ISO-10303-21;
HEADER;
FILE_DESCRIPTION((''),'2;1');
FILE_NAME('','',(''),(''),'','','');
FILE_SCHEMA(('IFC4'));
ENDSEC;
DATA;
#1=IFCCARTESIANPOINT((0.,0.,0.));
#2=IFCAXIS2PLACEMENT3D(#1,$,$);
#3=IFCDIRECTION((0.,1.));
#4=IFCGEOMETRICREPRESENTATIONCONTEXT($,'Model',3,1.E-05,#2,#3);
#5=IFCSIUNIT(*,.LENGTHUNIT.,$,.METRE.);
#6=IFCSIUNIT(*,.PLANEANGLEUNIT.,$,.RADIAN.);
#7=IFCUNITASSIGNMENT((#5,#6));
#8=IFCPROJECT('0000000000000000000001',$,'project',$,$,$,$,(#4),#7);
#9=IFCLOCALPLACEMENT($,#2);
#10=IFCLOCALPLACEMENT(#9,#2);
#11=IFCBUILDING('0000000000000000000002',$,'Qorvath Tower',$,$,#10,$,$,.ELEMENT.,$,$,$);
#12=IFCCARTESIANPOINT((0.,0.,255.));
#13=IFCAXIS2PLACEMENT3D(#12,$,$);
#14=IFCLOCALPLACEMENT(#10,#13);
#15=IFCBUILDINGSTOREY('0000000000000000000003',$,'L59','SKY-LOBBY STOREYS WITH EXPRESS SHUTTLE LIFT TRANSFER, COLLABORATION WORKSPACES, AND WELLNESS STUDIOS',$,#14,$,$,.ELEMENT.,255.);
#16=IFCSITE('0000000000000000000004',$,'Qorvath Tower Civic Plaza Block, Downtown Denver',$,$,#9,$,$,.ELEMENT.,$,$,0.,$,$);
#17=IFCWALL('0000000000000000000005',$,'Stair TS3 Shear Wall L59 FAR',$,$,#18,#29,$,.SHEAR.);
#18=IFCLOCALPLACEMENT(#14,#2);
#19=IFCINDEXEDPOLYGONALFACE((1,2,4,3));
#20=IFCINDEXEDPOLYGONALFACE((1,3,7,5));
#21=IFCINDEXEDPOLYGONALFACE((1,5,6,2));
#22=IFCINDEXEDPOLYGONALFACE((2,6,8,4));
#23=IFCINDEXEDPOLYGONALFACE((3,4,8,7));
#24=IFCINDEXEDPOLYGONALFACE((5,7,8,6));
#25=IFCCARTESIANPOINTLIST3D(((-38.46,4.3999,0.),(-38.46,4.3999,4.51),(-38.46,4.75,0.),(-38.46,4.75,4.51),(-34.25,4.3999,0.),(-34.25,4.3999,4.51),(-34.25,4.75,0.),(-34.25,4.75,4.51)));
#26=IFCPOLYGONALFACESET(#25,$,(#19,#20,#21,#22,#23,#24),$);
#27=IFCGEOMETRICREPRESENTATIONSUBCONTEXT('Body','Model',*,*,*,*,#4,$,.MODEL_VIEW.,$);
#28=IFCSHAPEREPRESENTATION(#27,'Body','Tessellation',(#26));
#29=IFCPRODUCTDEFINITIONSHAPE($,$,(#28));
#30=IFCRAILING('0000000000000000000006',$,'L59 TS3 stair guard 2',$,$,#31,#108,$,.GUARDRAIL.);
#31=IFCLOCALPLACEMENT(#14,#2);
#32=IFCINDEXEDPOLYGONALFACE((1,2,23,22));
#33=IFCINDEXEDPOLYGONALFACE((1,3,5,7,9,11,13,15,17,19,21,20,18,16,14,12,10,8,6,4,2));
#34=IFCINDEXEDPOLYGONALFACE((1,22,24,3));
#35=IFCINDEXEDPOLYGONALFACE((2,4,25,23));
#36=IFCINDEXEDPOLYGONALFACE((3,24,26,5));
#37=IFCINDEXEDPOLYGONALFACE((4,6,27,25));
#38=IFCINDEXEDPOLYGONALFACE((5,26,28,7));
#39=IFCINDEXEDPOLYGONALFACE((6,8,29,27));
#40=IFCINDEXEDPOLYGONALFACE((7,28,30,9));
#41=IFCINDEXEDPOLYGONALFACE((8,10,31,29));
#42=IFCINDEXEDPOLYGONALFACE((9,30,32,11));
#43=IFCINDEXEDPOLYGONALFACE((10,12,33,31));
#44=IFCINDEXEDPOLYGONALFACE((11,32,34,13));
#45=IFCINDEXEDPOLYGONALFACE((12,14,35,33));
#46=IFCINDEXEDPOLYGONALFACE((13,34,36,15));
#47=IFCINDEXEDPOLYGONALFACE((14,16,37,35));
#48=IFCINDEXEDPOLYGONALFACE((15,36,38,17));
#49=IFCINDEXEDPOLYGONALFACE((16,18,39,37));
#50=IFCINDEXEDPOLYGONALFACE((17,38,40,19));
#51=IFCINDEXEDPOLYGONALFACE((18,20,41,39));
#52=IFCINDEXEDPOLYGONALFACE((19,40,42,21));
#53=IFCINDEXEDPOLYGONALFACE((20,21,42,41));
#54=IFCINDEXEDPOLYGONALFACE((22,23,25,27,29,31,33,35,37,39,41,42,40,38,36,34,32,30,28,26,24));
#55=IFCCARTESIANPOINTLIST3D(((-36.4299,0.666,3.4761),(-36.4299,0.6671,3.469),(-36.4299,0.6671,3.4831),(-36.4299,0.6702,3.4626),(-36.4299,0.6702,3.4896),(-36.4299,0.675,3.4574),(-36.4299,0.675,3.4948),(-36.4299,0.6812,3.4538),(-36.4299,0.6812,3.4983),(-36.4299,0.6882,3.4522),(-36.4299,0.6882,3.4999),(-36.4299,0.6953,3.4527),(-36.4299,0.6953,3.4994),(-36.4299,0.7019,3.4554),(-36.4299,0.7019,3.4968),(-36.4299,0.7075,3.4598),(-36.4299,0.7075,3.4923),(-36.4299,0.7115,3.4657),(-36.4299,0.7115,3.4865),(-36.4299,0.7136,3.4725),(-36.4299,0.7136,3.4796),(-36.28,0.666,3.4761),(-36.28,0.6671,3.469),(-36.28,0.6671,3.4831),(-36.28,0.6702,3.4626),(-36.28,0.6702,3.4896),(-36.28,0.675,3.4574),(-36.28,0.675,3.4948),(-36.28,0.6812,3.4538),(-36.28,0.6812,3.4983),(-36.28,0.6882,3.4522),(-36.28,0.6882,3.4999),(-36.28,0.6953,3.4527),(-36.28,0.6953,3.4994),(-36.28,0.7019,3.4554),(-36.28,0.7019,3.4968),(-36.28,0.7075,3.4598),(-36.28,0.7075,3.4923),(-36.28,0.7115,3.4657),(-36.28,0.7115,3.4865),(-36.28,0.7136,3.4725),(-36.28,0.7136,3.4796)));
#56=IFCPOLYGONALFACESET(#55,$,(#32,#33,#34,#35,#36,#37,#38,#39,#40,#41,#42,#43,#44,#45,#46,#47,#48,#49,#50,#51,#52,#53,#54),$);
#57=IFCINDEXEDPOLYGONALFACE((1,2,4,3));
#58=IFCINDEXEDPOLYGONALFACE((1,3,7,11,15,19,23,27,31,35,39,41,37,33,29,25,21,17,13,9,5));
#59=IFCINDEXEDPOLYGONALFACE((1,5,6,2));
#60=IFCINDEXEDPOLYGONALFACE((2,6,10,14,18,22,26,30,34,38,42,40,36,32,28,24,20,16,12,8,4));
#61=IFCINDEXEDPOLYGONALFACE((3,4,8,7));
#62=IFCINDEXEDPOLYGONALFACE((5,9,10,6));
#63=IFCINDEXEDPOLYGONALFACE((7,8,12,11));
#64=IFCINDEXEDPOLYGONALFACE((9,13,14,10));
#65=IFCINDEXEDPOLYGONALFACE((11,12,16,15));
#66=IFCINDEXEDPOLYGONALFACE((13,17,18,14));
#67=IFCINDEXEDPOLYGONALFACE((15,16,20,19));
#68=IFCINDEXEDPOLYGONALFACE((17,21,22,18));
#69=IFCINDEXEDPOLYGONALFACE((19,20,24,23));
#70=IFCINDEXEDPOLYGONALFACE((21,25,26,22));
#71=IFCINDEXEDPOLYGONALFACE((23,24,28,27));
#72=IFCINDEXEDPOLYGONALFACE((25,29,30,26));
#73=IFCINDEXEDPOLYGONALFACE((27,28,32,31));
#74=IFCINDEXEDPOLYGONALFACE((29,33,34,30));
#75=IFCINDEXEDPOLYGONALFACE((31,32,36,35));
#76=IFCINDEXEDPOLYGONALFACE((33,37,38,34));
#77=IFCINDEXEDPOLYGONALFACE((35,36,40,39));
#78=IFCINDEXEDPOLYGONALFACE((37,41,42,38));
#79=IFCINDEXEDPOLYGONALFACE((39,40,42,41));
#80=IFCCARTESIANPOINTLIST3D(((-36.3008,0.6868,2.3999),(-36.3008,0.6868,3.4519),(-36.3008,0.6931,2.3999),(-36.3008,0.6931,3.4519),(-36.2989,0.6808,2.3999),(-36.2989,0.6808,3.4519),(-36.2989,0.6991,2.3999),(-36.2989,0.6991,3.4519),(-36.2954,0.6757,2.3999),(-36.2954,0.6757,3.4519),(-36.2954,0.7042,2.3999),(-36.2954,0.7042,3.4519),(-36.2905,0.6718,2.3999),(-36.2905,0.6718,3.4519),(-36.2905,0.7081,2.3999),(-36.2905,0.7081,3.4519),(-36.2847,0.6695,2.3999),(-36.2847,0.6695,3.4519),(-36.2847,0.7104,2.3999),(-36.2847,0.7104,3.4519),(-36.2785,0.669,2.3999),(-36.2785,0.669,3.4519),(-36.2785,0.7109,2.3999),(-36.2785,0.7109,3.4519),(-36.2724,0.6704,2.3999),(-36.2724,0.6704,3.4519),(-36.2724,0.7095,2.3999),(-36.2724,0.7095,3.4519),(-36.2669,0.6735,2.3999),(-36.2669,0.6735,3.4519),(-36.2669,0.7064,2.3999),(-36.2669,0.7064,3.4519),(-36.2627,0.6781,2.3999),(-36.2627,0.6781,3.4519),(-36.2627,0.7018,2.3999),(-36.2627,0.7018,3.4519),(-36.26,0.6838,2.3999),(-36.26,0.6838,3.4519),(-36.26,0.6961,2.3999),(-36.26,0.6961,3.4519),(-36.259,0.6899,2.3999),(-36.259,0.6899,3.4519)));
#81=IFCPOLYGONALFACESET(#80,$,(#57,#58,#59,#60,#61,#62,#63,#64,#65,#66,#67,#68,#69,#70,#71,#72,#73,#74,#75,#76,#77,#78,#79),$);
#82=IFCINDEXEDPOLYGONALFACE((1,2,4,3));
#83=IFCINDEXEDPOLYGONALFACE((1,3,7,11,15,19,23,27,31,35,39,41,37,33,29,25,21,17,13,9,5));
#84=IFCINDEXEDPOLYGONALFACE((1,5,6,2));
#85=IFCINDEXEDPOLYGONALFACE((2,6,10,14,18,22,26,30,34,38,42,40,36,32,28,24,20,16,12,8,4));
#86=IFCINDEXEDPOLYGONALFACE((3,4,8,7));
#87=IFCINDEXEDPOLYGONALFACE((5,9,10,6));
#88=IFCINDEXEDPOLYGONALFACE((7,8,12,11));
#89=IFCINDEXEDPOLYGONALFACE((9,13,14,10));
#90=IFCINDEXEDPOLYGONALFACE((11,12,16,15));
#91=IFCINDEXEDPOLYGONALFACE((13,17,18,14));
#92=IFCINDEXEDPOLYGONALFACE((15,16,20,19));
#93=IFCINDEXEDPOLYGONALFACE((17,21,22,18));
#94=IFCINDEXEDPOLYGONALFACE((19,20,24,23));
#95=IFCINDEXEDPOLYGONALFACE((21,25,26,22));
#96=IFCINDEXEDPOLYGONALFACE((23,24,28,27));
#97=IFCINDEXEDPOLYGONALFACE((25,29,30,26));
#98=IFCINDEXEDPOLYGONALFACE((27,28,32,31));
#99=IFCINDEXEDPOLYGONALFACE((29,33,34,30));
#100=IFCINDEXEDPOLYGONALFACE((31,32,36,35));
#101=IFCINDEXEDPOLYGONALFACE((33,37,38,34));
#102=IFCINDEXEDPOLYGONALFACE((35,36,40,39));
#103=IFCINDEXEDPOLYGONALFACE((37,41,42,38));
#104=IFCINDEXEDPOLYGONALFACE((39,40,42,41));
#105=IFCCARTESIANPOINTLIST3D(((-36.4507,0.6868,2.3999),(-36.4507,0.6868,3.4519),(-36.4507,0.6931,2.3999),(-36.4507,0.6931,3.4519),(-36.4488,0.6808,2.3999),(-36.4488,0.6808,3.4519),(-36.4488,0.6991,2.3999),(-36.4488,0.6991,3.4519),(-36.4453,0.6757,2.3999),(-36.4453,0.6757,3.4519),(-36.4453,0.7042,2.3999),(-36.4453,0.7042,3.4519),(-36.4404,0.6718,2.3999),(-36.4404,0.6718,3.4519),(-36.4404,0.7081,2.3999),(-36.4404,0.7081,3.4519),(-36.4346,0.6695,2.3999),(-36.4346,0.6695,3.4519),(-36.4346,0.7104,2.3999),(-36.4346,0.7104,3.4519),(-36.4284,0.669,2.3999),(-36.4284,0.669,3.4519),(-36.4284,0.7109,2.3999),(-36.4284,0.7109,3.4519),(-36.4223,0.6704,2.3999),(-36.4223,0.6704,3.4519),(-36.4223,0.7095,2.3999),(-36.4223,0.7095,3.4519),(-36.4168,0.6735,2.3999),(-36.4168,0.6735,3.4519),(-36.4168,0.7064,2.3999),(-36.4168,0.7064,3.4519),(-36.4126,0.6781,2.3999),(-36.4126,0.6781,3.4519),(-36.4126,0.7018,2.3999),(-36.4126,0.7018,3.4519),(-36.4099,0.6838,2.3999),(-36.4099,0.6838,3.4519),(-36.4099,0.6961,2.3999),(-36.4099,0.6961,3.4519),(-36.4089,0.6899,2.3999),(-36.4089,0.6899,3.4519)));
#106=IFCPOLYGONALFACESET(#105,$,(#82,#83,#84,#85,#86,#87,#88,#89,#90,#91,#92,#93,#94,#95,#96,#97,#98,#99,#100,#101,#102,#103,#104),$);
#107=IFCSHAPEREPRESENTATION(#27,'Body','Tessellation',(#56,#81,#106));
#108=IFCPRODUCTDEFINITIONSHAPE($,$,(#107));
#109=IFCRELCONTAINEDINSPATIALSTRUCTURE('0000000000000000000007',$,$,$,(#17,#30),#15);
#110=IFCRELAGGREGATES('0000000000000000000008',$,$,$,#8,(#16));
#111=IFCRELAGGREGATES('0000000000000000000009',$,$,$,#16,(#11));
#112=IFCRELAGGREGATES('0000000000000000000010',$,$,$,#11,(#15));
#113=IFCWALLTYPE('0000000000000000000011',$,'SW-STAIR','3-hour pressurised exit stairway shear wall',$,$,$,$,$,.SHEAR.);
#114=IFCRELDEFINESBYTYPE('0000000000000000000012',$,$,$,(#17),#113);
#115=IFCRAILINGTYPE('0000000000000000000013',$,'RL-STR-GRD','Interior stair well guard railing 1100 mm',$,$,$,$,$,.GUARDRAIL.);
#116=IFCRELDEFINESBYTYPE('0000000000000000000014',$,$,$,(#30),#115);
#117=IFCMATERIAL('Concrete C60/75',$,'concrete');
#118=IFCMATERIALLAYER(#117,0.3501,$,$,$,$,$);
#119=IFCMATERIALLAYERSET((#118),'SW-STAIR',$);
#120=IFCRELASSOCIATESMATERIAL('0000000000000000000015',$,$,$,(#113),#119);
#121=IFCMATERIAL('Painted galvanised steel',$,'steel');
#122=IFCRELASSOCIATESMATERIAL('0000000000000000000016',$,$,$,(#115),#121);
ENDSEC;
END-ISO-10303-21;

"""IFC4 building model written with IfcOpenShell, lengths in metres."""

from ifc_helpers import new_model, si_unit, direction, frame, frame_2d, origin, origin_2d, place, context, subcontext, project, spatial, rectangle, circle, extrude, material, layer, layer_set, type_object, element, save


model = new_model("IFC4")

# Units and contexts
model_context = context("Model", 3, precision=1e-05, world=origin(), true_north=direction((0.0, 1.0)))
body_context = subcontext(model_context, "Body", "Model", "MODEL_VIEW")
ifc_project = project(units=[si_unit("LENGTHUNIT", "METRE"), si_unit("PLANEANGLEUNIT", "RADIAN")], contexts=[model_context])

# Site, building, storey
site_placement = place(None, origin())
site = spatial("IfcSite", under=ifc_project, at=site_placement, Name="Qorvath Tower Civic Plaza Block, Downtown Denver", CompositionType="ELEMENT", RefElevation=0.0)
building_placement = place(site_placement, origin())
building = spatial("IfcBuilding", under=site, at=building_placement, Name="Qorvath Tower", CompositionType="ELEMENT")
storey_placement = place(building_placement, frame((0.0, 0.0, 255.0)))
storey = spatial("IfcBuildingStorey", under=building, at=storey_placement, Name="L59", Description="SKY-LOBBY STOREYS WITH EXPRESS SHUTTLE LIFT TRANSFER, COLLABORATION WORKSPACES, AND WELLNESS STUDIOS", CompositionType="ELEMENT", Elevation=255.0)

# Wall
ifc_material_1 = material(Name="Concrete C60/75", Category="concrete")
ifc_layer_1 = layer(ifc_material_1, 0.3501)
ifc_layer_set_1 = layer_set([ifc_layer_1], Name="SW-STAIR")
wall_type_1 = type_object("IfcWallType", Name="SW-STAIR", Description="3-hour pressurised exit stairway shear wall", PredefinedType="SHEAR", material=ifc_layer_set_1)
wall_1_placement = place(storey_placement, frame((-34.25, 4.575, 0.0), z_axis=(0.0, 0.0, 1.0), x_axis=(-1.0, 0.0, 0.0)))
element("IfcWall", 1, at=wall_1_placement, inside=storey, type_object=wall_type_1, Name="Stair TS3 Shear Wall L59 FAR", PredefinedType="SHEAR", context=body_context, shape_type="SweptSolid", body=[
    extrude(rectangle(XDim=4.21, YDim=0.3501, at=frame_2d((2.105, 0.0))), origin(), (0.0, 0.0, 1.0), 4.51),
])

# Railing
ifc_material_2 = material(Name="Painted galvanised steel", Category="steel")
railing_type = type_object("IfcRailingType", Name="RL-STR-GRD", Description="Interior stair well guard railing 1100 mm", PredefinedType="GUARDRAIL", material=ifc_material_2)
railing_1_placement = place(storey_placement, frame((-36.28, 0.6899, 2.3999)))
element("IfcRailing", 2, at=railing_1_placement, inside=storey, type_object=railing_type, Name="L59 TS3 stair guard 2", PredefinedType="GUARDRAIL", context=body_context, shape_type="SweptSolid", body=[
    extrude(circle(Radius=0.0239, at=origin_2d()), frame((0.0, 0.0, 1.0762), z_axis=(-1.0, 0.0, 0.0), x_axis=(0.0, -1.0, 0.0)), (0.0, 0.0, 1.0), 0.1499),
    extrude(circle(Radius=0.021, at=origin_2d()), origin(), (0.0, 0.0, 1.0), 1.052),
    extrude(circle(Radius=0.021, at=origin_2d()), frame((-0.1499, 0.0, 0.0)), (0.0, 0.0, 1.0), 1.052),
])

save(model, "model.ifc")
